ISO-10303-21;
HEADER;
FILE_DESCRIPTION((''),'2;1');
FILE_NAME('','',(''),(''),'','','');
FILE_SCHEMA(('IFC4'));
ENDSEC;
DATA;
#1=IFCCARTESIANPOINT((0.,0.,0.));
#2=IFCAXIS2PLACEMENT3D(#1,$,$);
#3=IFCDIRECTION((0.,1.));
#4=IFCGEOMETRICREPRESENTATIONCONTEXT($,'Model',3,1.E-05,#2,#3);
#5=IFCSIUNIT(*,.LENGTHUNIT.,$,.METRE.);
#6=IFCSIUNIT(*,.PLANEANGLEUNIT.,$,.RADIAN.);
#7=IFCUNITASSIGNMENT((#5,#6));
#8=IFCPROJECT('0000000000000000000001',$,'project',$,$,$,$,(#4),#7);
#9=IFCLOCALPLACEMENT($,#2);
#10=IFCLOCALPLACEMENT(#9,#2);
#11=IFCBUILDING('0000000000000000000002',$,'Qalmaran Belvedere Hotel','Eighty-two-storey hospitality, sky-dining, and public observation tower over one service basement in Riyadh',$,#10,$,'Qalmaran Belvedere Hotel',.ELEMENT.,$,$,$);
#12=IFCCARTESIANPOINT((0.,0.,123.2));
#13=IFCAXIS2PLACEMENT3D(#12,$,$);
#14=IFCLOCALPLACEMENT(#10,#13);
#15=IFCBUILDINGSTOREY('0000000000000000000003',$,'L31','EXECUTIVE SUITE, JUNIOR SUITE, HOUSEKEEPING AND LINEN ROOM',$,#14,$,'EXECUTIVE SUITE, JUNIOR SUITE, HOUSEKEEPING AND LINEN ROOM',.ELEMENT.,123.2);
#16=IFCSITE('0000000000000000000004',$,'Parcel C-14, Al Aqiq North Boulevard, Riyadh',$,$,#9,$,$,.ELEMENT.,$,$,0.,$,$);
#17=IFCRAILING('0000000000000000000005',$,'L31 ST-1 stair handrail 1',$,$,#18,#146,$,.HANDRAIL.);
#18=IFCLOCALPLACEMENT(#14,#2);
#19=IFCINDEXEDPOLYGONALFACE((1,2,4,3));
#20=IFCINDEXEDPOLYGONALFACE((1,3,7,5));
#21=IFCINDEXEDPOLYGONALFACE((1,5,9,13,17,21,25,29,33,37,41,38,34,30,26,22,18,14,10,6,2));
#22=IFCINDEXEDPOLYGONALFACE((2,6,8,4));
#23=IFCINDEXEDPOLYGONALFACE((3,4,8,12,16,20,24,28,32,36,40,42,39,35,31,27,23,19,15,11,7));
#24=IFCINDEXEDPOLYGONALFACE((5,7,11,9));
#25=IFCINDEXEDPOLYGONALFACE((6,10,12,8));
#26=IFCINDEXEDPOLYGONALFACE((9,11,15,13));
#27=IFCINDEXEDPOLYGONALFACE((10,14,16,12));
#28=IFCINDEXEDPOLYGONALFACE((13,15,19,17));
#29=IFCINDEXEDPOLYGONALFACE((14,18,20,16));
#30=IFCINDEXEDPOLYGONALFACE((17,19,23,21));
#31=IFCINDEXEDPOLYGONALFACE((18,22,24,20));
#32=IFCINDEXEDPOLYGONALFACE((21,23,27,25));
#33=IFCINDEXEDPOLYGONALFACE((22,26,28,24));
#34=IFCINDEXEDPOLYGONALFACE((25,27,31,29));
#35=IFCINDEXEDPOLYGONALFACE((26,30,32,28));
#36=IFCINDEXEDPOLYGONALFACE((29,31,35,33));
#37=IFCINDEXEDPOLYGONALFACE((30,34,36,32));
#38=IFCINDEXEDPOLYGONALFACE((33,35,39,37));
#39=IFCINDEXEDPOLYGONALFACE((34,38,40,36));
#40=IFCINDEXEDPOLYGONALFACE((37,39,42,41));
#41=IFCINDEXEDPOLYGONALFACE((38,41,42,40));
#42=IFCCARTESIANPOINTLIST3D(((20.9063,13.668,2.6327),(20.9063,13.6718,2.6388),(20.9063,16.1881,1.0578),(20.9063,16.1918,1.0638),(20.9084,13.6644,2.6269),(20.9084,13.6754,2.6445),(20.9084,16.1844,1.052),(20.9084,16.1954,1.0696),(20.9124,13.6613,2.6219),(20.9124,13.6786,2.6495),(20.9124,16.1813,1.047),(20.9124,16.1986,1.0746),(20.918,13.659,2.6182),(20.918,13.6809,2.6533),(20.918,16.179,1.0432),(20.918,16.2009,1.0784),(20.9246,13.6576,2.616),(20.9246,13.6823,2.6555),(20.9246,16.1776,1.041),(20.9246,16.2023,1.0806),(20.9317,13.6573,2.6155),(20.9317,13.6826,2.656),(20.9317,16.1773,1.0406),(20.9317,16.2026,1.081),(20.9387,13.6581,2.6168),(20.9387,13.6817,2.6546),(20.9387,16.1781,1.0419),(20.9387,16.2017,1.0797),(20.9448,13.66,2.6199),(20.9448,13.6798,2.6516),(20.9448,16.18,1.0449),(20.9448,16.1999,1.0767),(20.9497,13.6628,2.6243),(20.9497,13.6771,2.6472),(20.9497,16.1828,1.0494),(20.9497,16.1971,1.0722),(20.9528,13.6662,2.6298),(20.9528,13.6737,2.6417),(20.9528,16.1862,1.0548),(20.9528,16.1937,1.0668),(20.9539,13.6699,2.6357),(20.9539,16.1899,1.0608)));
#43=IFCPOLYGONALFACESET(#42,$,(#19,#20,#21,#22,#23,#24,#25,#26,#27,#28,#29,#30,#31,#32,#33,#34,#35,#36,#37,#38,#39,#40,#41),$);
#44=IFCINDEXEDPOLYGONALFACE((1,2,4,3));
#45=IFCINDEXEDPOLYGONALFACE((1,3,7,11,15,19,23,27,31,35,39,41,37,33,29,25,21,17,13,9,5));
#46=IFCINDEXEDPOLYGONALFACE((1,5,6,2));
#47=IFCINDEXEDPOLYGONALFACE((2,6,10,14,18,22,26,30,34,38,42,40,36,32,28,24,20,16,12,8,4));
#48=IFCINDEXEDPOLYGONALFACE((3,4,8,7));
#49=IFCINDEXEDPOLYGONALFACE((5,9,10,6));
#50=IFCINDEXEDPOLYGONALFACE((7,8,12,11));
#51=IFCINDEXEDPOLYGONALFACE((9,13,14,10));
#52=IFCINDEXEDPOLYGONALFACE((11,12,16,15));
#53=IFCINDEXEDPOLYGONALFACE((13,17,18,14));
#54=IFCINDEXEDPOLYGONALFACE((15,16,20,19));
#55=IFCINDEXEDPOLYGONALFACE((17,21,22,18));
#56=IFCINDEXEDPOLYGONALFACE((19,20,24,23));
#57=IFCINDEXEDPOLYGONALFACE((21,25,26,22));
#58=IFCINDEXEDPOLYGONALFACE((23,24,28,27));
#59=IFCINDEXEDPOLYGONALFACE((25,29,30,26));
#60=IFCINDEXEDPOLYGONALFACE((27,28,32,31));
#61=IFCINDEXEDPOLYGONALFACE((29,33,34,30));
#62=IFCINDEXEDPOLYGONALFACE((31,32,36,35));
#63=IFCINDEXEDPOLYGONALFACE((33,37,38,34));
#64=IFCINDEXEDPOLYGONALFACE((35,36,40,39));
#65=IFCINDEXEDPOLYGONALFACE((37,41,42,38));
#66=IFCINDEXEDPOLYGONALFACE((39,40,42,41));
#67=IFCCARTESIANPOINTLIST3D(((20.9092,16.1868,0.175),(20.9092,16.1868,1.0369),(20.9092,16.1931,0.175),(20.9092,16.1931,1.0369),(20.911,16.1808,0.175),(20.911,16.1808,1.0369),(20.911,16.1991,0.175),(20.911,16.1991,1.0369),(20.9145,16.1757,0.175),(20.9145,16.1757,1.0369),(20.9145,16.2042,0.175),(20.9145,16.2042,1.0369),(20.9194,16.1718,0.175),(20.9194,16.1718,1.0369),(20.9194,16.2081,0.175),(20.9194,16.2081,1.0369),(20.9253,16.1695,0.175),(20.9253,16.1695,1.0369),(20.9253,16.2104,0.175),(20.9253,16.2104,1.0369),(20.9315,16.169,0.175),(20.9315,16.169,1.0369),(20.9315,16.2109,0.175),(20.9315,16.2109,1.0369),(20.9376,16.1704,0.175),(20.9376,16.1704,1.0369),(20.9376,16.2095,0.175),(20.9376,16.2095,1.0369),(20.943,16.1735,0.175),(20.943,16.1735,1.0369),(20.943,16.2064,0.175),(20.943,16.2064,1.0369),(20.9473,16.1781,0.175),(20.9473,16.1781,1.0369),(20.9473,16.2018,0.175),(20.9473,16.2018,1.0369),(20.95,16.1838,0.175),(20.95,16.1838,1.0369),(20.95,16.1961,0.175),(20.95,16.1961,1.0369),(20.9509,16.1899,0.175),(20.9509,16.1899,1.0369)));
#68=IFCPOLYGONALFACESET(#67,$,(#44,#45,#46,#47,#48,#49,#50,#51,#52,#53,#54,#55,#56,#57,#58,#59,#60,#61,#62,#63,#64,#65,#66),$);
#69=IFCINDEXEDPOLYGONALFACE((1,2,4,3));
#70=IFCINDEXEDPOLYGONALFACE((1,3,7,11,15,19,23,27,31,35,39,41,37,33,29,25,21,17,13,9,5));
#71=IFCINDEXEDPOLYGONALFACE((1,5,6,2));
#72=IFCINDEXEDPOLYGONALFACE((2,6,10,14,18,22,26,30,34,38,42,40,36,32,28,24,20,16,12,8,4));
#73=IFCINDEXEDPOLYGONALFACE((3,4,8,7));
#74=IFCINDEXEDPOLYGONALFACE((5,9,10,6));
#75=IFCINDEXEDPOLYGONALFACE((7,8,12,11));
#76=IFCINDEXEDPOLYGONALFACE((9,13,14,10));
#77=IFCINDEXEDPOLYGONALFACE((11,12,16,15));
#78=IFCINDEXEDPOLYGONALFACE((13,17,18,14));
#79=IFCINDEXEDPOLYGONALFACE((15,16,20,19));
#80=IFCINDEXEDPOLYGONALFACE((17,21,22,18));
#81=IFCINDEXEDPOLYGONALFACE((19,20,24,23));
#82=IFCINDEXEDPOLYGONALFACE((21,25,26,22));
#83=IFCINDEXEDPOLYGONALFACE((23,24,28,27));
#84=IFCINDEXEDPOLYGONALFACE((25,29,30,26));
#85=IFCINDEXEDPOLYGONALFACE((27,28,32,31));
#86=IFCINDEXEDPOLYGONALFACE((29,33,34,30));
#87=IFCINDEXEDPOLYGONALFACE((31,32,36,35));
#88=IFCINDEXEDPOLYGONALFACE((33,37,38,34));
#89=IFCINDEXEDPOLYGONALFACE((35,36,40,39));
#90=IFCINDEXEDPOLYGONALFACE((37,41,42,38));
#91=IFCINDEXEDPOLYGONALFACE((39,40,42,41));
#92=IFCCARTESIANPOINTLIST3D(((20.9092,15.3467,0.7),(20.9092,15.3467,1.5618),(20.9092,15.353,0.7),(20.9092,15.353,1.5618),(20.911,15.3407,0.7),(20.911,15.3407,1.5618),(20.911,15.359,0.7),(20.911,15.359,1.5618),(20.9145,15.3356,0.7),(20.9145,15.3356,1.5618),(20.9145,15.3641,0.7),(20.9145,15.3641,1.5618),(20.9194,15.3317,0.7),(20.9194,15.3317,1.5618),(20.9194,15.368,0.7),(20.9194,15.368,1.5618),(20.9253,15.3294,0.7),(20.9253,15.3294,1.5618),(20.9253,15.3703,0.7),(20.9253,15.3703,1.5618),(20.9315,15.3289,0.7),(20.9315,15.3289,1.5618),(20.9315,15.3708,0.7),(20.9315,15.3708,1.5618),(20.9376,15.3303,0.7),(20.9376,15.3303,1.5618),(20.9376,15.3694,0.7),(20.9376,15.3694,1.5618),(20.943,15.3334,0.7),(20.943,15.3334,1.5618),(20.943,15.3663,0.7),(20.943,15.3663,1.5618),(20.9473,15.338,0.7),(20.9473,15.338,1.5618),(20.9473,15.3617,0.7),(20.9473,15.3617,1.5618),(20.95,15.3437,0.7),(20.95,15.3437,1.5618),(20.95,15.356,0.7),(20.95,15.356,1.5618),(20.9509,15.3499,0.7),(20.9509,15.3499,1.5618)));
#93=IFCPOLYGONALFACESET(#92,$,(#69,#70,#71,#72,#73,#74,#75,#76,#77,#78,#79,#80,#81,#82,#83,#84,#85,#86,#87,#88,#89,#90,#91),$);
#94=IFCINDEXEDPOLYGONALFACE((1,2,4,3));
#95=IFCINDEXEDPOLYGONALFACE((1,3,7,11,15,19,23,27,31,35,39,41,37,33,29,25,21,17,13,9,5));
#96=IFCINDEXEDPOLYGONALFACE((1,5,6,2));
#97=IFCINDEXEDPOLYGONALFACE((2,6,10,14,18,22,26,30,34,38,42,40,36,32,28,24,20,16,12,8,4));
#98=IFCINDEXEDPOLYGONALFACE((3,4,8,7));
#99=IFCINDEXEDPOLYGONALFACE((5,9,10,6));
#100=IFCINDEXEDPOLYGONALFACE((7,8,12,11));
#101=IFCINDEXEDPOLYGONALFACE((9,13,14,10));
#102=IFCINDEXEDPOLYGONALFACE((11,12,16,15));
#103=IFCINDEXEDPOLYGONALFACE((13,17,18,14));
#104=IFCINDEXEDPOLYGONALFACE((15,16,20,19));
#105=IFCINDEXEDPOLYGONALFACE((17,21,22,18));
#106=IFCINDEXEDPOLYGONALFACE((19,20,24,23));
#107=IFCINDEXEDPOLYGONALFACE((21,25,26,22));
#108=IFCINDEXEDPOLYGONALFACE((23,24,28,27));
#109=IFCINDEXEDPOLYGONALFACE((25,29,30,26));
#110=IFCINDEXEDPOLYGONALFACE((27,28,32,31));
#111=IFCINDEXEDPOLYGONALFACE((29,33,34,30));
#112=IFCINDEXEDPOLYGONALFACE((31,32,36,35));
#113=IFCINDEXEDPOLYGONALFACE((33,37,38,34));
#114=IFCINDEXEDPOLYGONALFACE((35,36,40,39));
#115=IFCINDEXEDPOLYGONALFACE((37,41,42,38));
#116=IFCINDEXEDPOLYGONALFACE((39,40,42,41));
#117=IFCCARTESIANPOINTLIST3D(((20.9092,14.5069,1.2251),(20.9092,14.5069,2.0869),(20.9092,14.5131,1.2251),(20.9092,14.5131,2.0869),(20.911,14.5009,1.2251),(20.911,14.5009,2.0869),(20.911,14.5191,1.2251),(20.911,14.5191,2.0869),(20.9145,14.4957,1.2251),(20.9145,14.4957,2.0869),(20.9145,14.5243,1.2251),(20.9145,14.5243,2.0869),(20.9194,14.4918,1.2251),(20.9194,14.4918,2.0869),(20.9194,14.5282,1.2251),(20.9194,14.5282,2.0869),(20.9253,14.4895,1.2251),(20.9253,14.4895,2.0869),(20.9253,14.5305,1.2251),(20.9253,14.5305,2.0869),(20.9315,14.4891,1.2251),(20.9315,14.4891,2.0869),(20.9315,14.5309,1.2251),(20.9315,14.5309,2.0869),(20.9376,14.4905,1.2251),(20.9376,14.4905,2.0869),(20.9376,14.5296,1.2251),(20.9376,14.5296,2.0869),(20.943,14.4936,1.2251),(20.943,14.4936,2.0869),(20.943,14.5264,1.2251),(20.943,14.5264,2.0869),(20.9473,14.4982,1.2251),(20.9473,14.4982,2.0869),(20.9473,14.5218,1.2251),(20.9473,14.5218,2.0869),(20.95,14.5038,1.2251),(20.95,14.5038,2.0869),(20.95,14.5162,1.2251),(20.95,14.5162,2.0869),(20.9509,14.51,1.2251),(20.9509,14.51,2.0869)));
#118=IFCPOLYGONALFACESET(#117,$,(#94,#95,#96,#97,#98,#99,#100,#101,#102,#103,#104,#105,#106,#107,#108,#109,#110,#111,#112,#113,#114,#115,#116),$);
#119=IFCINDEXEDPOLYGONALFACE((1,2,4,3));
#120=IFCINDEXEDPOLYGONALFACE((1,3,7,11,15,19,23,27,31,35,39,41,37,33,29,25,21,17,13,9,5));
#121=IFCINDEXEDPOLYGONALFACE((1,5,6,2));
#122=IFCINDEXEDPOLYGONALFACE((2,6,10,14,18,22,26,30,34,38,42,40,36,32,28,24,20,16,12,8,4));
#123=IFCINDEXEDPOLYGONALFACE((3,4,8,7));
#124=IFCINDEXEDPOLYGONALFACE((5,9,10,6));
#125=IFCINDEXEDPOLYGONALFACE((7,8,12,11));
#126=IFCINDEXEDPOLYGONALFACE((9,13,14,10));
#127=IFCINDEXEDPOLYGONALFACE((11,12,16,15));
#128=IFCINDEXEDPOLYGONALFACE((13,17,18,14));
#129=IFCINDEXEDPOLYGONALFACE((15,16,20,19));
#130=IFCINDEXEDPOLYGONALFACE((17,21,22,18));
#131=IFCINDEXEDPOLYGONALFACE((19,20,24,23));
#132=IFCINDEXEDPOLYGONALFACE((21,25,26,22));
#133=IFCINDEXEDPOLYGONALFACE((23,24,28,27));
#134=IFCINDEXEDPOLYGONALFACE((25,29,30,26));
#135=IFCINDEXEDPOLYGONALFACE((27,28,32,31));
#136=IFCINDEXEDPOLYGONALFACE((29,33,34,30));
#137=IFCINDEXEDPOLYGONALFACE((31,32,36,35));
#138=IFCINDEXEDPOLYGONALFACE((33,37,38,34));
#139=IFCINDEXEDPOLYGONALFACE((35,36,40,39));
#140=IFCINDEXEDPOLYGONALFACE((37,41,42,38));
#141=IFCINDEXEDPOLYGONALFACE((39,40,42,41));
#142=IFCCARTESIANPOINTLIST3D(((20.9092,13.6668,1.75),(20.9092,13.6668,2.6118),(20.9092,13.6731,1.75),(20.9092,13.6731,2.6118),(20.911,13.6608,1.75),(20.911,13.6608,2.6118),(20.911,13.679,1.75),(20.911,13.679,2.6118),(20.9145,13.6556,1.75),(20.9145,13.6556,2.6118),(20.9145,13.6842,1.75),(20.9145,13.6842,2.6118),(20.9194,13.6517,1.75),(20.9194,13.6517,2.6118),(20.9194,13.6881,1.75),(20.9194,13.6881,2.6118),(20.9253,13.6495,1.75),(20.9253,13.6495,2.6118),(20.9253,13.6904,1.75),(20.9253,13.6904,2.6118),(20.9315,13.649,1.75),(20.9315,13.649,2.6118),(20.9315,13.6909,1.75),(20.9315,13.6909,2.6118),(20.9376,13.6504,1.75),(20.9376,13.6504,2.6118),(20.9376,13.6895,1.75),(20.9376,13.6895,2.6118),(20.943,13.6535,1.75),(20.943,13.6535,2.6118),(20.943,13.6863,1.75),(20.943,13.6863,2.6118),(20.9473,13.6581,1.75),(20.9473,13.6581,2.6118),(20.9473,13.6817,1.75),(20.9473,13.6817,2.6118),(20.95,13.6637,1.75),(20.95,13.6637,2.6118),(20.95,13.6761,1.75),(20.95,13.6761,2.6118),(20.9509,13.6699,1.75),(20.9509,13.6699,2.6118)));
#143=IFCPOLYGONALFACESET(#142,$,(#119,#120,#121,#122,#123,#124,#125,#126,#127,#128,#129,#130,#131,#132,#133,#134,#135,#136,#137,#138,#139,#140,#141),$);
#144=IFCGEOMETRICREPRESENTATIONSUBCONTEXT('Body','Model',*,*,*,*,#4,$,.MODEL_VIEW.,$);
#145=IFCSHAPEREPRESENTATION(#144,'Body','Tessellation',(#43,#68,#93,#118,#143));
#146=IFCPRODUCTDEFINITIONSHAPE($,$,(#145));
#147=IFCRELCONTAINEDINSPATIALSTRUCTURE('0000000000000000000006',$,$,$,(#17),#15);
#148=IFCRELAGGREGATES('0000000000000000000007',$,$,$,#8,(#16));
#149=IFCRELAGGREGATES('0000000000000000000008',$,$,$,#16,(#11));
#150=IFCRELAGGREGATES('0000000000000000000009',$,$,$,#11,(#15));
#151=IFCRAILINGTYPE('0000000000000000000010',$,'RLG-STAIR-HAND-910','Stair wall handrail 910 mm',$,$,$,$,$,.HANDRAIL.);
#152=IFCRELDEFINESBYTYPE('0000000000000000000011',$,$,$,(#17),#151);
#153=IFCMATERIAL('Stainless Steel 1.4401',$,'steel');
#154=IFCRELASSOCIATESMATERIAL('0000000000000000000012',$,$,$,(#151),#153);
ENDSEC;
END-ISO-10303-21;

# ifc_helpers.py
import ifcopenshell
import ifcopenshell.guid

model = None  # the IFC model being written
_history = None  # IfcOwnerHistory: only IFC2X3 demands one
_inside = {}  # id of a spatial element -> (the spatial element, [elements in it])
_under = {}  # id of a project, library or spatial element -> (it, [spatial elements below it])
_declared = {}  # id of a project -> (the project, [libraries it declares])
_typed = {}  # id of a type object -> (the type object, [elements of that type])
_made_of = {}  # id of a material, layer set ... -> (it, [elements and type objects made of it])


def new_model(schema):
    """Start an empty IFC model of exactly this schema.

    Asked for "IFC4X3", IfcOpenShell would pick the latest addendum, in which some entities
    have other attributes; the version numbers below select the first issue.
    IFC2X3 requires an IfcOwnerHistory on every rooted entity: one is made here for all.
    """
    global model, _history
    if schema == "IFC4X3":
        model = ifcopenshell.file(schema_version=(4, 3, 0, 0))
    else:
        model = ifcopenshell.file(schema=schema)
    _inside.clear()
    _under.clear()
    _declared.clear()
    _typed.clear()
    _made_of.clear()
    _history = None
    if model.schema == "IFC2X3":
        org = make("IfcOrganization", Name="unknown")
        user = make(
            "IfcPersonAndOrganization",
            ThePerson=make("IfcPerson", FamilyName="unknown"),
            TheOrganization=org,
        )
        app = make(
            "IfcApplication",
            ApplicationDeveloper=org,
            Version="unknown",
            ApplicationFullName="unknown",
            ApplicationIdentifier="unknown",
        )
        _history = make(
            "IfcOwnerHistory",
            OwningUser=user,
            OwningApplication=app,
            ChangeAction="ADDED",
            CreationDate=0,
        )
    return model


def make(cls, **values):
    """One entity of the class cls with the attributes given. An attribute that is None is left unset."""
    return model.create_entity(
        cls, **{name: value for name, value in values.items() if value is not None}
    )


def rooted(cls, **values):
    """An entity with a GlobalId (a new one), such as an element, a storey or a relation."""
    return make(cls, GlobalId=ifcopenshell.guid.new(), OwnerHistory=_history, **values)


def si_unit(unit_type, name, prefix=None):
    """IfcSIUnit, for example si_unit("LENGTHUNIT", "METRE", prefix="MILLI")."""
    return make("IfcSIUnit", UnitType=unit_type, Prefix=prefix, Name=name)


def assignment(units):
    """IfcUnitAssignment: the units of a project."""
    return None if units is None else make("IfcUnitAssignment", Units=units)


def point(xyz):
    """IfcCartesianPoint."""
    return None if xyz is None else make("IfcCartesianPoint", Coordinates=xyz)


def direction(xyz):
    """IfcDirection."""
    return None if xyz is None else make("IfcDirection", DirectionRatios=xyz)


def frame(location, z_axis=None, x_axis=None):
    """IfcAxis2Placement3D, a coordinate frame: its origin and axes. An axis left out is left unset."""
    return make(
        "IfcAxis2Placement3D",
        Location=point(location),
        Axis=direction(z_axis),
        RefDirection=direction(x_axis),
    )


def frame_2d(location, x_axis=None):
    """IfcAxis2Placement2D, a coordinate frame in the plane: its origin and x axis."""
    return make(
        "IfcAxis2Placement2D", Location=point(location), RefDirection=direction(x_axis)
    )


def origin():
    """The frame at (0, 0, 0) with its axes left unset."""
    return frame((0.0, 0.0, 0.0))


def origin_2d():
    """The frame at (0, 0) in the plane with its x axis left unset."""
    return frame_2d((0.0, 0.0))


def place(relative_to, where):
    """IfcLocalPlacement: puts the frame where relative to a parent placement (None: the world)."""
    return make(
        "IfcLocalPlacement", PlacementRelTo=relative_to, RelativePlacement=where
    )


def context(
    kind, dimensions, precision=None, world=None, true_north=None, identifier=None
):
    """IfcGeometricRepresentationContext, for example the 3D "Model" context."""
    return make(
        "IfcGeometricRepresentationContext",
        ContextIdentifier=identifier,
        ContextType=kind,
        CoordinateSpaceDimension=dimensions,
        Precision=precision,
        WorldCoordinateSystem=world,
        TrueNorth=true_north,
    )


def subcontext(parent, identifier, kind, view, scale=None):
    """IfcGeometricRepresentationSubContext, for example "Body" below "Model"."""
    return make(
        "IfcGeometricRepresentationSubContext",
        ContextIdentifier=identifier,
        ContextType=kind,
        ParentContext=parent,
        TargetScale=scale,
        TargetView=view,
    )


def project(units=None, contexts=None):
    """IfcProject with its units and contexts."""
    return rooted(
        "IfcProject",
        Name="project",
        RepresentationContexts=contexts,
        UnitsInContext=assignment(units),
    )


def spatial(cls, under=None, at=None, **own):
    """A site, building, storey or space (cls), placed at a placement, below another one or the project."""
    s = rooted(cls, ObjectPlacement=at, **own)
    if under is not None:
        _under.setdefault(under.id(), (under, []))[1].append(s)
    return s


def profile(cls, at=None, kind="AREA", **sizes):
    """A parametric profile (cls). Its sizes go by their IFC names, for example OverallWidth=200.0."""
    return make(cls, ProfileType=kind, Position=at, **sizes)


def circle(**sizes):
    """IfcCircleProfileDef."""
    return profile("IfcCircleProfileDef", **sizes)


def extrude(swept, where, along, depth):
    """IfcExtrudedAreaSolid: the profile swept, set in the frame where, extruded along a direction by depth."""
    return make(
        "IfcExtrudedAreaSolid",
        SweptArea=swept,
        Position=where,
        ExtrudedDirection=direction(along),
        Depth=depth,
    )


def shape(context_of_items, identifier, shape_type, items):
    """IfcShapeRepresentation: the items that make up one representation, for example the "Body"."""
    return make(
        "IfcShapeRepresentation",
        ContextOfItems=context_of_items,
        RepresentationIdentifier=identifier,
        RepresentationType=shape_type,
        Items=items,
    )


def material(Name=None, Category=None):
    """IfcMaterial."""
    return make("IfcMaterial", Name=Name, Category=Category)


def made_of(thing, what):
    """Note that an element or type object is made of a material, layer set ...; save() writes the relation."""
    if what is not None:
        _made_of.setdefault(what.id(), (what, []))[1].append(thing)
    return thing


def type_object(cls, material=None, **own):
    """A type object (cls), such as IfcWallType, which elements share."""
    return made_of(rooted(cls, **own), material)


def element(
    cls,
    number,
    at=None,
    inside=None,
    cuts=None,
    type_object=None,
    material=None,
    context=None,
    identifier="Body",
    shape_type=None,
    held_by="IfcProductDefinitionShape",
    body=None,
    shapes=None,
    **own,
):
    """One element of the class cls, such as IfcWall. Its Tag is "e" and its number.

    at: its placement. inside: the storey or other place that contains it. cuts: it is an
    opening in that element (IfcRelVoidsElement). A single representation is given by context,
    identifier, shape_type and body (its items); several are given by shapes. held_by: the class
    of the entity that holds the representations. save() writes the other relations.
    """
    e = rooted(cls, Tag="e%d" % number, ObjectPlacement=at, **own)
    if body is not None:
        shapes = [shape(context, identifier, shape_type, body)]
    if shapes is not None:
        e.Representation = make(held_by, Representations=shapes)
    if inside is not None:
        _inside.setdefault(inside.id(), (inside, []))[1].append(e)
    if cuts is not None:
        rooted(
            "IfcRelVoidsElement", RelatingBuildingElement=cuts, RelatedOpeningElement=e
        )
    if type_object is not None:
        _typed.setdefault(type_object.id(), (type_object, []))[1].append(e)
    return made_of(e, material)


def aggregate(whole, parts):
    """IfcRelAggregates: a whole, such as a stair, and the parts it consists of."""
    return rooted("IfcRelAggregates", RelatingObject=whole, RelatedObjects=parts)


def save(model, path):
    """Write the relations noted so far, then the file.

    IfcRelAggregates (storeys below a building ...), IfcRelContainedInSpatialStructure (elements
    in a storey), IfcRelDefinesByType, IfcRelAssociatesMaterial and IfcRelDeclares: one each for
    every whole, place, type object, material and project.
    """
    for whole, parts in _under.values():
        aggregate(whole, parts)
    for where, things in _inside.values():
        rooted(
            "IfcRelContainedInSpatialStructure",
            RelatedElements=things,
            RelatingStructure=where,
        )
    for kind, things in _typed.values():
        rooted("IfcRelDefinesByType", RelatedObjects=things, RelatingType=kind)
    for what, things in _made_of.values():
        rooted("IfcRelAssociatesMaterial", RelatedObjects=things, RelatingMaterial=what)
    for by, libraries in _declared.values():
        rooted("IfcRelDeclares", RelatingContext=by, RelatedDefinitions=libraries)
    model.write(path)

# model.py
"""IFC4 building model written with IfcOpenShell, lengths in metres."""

from ifc_helpers import new_model, si_unit, direction, frame, origin, origin_2d, place, context, subcontext, project, spatial, circle, extrude, material, type_object, element, save


model = new_model("IFC4")

# Units and contexts
model_context = context("Model", 3, precision=1e-05, world=origin(), true_north=direction((0.0, 1.0)))
body_context = subcontext(model_context, "Body", "Model", "MODEL_VIEW")
ifc_project = project(units=[si_unit("LENGTHUNIT", "METRE"), si_unit("PLANEANGLEUNIT", "RADIAN")], contexts=[model_context])

# Site, building, storey
site_placement = place(None, origin())
site = spatial("IfcSite", under=ifc_project, at=site_placement, Name="Parcel C-14, Al Aqiq North Boulevard, Riyadh", CompositionType="ELEMENT", RefElevation=0.0)
building_placement = place(site_placement, origin())
building = spatial("IfcBuilding", under=site, at=building_placement, Name="Qalmaran Belvedere Hotel", Description="Eighty-two-storey hospitality, sky-dining, and public observation tower over one service basement in Riyadh", LongName="Qalmaran Belvedere Hotel", CompositionType="ELEMENT")
storey_placement = place(building_placement, frame((0.0, 0.0, 123.2)))
storey = spatial("IfcBuildingStorey", under=building, at=storey_placement, Name="L31", Description="EXECUTIVE SUITE, JUNIOR SUITE, HOUSEKEEPING AND LINEN ROOM", LongName="EXECUTIVE SUITE, JUNIOR SUITE, HOUSEKEEPING AND LINEN ROOM", CompositionType="ELEMENT", Elevation=123.2)

# Railing
ifc_material_1 = material(Name="Stainless Steel 1.4401", Category="steel")
railing_type_1 = type_object("IfcRailingType", Name="RLG-STAIR-HAND-910", Description="Stair wall handrail 910 mm", PredefinedType="HANDRAIL", material=ifc_material_1)
railing_1_placement = place(storey_placement, frame((20.9299, 16.1899, 0.175)))
element("IfcRailing", 1, at=railing_1_placement, inside=storey, type_object=railing_type_1, Name="L31 ST-1 stair handrail 1", PredefinedType="HANDRAIL", context=body_context, shape_type="SweptSolid", body=[
    extrude(circle(Radius=0.0239, at=origin_2d()), frame((0.0, 0.0, 0.8857), z_axis=(0.0, -0.848008, 0.529984), x_axis=(1.0, 0.0, 0.0)), (0.0, 0.0, 1.0), 2.9717),
    extrude(circle(Radius=0.021, at=origin_2d()), origin(), (0.0, 0.0, 1.0), 0.8618),
    extrude(circle(Radius=0.021, at=origin_2d()), frame((0.0, -0.8401, 0.5249)), (0.0, 0.0, 1.0), 0.8618),
    extrude(circle(Radius=0.021, at=origin_2d()), frame((0.0, -1.6799, 1.05)), (0.0, 0.0, 1.0), 0.8618),
    extrude(circle(Radius=0.021, at=origin_2d()), frame((0.0, -2.52, 1.575)), (0.0, 0.0, 1.0), 0.8618),
])

save(model, "model.ifc")
